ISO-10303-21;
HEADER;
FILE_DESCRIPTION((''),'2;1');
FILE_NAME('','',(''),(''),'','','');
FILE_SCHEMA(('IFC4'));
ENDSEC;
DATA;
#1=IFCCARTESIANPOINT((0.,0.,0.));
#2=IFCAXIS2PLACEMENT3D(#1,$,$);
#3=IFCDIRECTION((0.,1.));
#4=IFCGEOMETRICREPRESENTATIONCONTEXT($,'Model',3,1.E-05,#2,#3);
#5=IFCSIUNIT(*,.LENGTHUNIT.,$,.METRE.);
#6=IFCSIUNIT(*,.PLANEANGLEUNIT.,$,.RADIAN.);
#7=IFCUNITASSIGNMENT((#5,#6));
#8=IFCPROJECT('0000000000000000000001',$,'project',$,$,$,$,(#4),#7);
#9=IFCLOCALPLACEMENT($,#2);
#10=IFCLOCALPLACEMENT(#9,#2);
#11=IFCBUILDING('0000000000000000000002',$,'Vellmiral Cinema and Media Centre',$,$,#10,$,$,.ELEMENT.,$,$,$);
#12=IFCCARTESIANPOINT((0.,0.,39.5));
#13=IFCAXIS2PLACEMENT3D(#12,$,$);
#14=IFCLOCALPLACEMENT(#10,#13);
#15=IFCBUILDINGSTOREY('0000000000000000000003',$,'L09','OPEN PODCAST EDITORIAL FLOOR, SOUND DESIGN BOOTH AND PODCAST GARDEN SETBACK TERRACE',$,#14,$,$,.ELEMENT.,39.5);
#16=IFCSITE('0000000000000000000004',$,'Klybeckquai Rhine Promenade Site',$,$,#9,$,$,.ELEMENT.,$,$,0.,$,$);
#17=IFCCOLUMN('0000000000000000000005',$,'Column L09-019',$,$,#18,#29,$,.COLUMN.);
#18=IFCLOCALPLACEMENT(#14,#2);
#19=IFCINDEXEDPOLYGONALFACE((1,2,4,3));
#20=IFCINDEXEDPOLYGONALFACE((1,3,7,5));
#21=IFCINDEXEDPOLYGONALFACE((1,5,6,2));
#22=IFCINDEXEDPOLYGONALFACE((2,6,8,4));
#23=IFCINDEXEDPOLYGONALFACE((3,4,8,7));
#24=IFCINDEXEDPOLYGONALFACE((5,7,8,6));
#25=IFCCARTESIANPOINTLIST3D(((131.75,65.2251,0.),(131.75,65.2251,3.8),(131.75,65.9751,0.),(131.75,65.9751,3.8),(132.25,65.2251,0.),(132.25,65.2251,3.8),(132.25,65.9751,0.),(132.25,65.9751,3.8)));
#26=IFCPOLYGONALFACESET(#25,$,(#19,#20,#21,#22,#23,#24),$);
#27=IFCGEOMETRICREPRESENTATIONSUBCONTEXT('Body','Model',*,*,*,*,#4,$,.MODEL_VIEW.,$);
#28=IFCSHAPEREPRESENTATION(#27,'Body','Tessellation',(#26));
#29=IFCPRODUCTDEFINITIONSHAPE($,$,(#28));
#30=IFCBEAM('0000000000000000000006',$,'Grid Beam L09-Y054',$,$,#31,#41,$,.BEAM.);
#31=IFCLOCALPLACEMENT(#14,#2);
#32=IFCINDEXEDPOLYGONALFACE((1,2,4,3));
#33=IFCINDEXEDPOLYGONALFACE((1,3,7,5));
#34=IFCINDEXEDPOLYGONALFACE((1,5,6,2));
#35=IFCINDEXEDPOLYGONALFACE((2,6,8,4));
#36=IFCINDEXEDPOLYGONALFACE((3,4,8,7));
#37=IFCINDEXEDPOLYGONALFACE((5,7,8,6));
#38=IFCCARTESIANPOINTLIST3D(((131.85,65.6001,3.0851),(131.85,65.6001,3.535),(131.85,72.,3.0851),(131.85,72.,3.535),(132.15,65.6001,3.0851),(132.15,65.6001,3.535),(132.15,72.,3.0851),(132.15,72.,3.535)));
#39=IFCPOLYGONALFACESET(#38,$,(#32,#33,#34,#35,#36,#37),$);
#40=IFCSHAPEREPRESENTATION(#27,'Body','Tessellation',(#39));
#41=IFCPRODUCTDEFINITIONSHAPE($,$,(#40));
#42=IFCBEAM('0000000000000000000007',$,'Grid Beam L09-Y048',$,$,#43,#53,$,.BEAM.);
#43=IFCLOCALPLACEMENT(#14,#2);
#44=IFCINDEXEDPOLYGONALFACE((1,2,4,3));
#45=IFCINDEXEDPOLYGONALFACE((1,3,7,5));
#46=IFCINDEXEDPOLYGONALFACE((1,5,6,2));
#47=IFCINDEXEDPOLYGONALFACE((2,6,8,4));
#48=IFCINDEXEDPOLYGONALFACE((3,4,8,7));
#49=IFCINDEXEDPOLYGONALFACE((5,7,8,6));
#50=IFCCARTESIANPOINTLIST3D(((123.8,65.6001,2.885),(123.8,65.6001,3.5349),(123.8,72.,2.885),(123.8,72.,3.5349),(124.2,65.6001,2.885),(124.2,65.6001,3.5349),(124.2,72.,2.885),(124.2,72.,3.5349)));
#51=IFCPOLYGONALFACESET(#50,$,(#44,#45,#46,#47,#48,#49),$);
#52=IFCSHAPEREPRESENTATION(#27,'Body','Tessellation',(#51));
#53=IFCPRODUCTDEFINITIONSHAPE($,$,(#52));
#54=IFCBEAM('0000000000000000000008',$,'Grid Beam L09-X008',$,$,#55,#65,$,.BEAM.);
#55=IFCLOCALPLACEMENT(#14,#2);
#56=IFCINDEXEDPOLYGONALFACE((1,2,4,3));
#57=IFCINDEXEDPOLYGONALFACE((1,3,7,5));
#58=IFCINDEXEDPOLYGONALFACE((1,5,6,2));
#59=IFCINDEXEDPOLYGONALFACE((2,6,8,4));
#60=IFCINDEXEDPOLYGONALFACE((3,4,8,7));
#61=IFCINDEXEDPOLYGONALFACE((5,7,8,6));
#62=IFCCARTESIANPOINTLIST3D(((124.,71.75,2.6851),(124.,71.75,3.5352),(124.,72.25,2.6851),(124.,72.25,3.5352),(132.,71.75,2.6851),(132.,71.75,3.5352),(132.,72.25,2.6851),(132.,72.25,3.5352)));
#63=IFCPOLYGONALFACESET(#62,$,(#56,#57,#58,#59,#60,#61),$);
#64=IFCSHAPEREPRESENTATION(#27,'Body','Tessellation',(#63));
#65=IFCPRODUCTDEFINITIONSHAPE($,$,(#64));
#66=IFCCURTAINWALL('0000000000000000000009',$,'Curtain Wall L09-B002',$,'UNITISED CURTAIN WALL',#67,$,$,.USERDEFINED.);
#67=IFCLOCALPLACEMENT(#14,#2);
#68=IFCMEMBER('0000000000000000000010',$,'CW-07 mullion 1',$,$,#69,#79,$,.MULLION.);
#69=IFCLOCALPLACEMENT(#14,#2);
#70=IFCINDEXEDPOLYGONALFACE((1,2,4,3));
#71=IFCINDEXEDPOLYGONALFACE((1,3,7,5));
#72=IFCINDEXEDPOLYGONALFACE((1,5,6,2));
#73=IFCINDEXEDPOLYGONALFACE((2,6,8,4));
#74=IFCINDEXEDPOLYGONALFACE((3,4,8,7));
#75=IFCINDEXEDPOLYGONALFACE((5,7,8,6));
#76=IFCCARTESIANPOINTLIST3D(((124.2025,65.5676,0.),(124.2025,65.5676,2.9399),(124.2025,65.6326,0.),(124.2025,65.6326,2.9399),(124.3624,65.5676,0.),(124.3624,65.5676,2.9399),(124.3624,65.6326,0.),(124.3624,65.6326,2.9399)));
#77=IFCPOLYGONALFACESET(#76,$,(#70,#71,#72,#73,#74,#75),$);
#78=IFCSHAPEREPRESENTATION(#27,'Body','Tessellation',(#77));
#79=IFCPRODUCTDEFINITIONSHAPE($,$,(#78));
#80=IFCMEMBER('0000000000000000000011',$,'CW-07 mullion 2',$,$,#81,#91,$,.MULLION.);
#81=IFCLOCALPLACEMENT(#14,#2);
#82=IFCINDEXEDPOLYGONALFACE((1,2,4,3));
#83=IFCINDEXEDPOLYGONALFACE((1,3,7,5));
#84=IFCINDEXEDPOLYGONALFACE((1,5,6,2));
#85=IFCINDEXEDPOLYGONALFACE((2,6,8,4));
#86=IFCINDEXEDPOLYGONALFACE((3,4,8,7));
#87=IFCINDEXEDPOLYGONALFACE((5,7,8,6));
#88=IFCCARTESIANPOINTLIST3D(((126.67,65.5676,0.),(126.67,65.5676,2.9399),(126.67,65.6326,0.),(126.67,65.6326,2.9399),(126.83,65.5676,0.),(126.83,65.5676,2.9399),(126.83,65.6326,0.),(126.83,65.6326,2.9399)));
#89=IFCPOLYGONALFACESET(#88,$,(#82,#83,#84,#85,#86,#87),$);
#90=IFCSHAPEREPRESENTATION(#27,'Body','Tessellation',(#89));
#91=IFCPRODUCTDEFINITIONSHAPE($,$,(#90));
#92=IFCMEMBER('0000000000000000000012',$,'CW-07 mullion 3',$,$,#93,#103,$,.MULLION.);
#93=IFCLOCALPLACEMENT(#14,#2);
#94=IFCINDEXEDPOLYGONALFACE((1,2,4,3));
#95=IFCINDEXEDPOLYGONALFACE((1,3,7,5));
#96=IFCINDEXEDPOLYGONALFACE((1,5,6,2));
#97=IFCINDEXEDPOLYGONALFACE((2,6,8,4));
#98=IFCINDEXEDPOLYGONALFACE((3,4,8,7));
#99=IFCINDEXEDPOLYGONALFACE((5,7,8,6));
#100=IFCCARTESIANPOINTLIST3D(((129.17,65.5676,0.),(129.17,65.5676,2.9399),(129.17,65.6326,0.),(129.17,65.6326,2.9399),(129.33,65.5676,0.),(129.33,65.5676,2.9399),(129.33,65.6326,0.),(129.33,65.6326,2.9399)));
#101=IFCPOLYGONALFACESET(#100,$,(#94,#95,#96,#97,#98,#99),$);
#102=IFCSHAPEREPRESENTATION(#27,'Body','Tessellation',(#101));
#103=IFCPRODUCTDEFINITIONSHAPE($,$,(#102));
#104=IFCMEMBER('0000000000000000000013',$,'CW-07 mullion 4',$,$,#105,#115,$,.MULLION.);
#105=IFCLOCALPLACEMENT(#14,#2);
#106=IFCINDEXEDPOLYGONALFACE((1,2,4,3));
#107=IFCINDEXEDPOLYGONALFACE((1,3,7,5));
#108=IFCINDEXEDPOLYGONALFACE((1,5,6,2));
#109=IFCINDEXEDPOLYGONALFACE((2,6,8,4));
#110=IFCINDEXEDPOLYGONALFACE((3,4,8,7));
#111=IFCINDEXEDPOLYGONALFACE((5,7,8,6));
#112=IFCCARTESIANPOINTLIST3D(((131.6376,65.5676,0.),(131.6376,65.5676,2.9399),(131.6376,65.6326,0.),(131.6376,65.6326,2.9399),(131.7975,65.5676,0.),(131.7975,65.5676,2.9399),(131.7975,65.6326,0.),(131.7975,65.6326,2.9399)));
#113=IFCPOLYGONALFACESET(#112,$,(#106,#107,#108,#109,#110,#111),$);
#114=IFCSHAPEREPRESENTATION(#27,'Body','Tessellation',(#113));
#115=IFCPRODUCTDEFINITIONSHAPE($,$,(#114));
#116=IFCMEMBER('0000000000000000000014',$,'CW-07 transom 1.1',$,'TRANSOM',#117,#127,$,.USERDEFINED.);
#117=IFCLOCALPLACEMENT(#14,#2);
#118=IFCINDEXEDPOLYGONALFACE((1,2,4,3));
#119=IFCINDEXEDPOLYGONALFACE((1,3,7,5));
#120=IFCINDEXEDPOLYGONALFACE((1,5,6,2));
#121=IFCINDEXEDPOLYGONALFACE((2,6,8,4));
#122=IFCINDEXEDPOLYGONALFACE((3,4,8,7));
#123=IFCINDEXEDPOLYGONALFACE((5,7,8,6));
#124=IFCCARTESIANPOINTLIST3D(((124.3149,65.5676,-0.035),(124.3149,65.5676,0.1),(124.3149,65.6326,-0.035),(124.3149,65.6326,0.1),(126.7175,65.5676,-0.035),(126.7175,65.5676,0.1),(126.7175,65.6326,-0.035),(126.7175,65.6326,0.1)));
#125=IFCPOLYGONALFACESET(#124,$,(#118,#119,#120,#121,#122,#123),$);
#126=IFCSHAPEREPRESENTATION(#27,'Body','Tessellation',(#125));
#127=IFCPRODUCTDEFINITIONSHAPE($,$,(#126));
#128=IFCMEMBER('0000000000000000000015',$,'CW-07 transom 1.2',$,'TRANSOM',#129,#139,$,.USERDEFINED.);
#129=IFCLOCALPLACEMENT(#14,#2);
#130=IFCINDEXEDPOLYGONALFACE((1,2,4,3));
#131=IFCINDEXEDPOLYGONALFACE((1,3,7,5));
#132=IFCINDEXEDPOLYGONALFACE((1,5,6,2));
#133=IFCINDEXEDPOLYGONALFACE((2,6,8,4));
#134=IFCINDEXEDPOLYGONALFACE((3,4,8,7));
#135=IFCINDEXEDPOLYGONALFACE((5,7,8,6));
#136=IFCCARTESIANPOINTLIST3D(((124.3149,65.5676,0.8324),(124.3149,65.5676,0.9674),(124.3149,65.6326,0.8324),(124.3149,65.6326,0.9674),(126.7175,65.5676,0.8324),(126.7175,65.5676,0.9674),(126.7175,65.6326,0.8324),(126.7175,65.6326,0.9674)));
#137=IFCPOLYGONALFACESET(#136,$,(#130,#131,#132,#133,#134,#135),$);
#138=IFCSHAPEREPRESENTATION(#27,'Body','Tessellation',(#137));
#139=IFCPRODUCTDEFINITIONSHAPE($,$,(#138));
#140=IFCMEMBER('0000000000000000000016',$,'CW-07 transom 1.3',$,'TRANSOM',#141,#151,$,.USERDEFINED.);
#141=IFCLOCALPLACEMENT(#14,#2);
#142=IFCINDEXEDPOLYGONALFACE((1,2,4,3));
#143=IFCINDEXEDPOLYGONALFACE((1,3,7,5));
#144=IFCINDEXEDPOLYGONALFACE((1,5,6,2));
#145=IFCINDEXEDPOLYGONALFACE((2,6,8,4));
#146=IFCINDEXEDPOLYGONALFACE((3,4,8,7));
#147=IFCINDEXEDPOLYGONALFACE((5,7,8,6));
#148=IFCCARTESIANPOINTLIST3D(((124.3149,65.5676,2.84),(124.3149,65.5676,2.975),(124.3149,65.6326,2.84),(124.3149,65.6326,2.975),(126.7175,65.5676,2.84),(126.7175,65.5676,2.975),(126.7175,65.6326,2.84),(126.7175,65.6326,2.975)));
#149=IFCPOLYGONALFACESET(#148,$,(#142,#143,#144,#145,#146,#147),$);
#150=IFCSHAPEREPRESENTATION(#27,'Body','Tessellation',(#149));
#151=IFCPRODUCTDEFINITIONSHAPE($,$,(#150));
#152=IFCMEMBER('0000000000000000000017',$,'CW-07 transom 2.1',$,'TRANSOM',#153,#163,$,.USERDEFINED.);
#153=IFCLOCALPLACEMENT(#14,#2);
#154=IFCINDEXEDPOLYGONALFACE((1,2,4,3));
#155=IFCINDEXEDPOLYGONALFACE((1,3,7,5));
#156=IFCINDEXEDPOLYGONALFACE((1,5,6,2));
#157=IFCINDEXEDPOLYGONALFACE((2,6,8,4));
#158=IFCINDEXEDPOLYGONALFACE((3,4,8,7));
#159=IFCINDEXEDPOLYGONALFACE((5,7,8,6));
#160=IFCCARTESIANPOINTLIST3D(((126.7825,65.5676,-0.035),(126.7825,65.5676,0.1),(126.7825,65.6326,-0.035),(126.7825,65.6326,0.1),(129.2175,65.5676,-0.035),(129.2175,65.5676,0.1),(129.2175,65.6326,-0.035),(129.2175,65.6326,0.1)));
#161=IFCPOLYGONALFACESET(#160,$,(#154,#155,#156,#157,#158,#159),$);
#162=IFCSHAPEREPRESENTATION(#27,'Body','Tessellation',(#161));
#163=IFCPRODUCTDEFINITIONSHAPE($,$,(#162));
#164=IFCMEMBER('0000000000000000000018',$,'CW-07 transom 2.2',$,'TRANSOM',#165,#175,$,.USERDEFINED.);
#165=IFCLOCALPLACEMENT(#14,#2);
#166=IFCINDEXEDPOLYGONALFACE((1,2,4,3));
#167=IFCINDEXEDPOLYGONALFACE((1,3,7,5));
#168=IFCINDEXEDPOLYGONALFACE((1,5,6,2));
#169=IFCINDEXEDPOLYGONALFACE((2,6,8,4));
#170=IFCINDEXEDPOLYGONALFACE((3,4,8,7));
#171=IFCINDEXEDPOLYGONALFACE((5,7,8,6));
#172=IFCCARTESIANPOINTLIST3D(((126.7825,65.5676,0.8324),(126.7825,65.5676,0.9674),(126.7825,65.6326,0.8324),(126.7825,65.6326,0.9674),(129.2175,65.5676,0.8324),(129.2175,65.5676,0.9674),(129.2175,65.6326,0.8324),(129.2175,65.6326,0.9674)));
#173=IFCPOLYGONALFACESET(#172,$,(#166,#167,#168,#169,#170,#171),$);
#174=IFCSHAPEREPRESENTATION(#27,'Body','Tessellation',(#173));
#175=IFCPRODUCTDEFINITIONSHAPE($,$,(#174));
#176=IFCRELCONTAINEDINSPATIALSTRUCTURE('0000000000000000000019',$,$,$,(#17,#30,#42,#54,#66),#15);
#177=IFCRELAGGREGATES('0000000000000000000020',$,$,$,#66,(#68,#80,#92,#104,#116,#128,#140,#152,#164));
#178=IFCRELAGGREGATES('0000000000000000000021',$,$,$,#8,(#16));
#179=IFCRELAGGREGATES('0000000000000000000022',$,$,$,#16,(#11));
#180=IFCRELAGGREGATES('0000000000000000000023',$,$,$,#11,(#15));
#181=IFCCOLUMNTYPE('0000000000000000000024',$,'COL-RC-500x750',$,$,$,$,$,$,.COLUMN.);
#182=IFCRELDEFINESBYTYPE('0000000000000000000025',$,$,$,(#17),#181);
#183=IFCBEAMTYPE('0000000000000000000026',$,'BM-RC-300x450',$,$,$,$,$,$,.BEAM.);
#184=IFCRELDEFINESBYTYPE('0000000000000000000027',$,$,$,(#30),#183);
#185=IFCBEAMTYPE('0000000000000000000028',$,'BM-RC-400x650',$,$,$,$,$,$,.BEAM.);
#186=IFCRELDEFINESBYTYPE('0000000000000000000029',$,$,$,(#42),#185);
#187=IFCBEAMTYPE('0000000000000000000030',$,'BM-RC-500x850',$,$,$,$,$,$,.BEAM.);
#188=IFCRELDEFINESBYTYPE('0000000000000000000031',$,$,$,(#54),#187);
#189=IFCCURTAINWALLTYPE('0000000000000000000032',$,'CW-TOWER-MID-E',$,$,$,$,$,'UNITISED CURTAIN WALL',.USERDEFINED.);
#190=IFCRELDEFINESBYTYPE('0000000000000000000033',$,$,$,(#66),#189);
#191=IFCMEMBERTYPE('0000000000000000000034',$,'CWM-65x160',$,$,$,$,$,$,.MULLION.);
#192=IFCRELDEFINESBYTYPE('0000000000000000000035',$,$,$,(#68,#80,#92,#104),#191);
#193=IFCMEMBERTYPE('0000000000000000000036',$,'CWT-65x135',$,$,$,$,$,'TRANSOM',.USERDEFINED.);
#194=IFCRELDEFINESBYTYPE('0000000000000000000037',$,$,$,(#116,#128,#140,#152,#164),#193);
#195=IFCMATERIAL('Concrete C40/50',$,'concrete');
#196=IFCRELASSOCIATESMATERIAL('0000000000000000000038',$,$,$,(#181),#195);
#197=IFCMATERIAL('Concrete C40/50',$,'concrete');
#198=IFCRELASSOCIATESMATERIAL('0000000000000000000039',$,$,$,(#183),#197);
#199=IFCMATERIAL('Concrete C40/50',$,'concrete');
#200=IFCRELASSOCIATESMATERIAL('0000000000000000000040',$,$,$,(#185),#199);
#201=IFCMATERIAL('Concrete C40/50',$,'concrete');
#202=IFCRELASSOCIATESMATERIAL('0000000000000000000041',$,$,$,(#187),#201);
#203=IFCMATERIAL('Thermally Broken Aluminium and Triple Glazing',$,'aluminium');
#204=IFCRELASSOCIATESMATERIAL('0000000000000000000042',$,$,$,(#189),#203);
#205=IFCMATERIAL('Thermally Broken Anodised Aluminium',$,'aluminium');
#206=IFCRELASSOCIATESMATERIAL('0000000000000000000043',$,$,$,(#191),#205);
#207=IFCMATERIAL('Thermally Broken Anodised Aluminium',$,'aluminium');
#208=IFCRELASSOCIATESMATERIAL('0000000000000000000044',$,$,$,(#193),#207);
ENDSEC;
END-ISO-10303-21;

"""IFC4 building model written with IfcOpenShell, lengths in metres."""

from ifc_helpers import new_model, si_unit, direction, frame, origin, origin_2d, place, context, subcontext, project, spatial, rectangle, extrude, material, material_profile, profile_set, type_object, element, aggregate, save


model = new_model("IFC4")

# Units and contexts
model_context = context("Model", 3, precision=1e-05, world=origin(), true_north=direction((0.0, 1.0)))
body_context = subcontext(model_context, "Body", "Model", "MODEL_VIEW")
ifc_project = project(units=[si_unit("LENGTHUNIT", "METRE"), si_unit("PLANEANGLEUNIT", "RADIAN")], contexts=[model_context])

# Site, building, storey
site_placement = place(None, origin())
site = spatial("IfcSite", under=ifc_project, at=site_placement, Name="Klybeckquai Rhine Promenade Site", CompositionType="ELEMENT", RefElevation=0.0)
building_placement = place(site_placement, origin())
building = spatial("IfcBuilding", under=site, at=building_placement, Name="Vellmiral Cinema and Media Centre", CompositionType="ELEMENT")
storey_placement = place(building_placement, frame((0.0, 0.0, 39.5)))
storey = spatial("IfcBuildingStorey", under=building, at=storey_placement, Name="L09", Description="OPEN PODCAST EDITORIAL FLOOR, SOUND DESIGN BOOTH AND PODCAST GARDEN SETBACK TERRACE", CompositionType="ELEMENT", Elevation=39.5)

# Column
ifc_material_1 = material(Name="Concrete C40/50", Category="concrete")
ifc_material_profile_1 = material_profile(ifc_material_1, rectangle(XDim=0.5, YDim=0.75, at=origin_2d()), Name="RC 500x750")
ifc_profile_set_1 = profile_set([ifc_material_profile_1], Name="Concrete C40/50")
column_type = type_object("IfcColumnType", Name="COL-RC-500x750", PredefinedType="COLUMN", material=ifc_profile_set_1)
column_placement = place(storey_placement, frame((132.0, 65.6001, 0.0), z_axis=(0.0, 0.0, 1.0), x_axis=(1.0, 0.0, 0.0)))
element("IfcColumn", 1, at=column_placement, inside=storey, type_object=column_type, Name="Column L09-019", PredefinedType="COLUMN", context=body_context, shape_type="SweptSolid", body=[
    extrude(rectangle(XDim=0.5, YDim=0.75, at=origin_2d()), origin(), (0.0, 0.0, 1.0), 3.8),
])

# Beams
ifc_material_2 = material(Name="Concrete C40/50", Category="concrete")
ifc_material_profile_2 = material_profile(ifc_material_2, rectangle(XDim=0.3, YDim=0.45, at=origin_2d()), Name="RC 300x450")
ifc_profile_set_2 = profile_set([ifc_material_profile_2], Name="Concrete C40/50")
beam_type_1 = type_object("IfcBeamType", Name="BM-RC-300x450", PredefinedType="BEAM", material=ifc_profile_set_2)
beam_1_placement = place(storey_placement, frame((132.0, 65.6001, 3.3101), z_axis=(0.0, 1.0, 0.0), x_axis=(-1.0, 0.0, 0.0)))
element("IfcBeam", 2, at=beam_1_placement, inside=storey, type_object=beam_type_1, Name="Grid Beam L09-Y054", PredefinedType="BEAM", context=body_context, shape_type="SweptSolid", body=[
    extrude(rectangle(XDim=0.3, YDim=0.45, at=origin_2d()), origin(), (0.0, 0.0, 1.0), 6.3999),
])
ifc_material_3 = material(Name="Concrete C40/50", Category="concrete")
ifc_material_profile_3 = material_profile(ifc_material_3, rectangle(XDim=0.3999, YDim=0.6499, at=origin_2d()), Name="RC 400x650")
ifc_profile_set_3 = profile_set([ifc_material_profile_3], Name="Concrete C40/50")
beam_type_2 = type_object("IfcBeamType", Name="BM-RC-400x650", PredefinedType="BEAM", material=ifc_profile_set_3)
beam_2_placement = place(storey_placement, frame((124.0, 65.6001, 3.21), z_axis=(0.0, 1.0, 0.0), x_axis=(-1.0, 0.0, 0.0)))
element("IfcBeam", 3, at=beam_2_placement, inside=storey, type_object=beam_type_2, Name="Grid Beam L09-Y048", PredefinedType="BEAM", context=body_context, shape_type="SweptSolid", body=[
    extrude(rectangle(XDim=0.3999, YDim=0.6499, at=origin_2d()), origin(), (0.0, 0.0, 1.0), 6.3999),
])
ifc_material_4 = material(Name="Concrete C40/50", Category="concrete")
ifc_material_profile_4 = material_profile(ifc_material_4, rectangle(XDim=0.5, YDim=0.8501, at=origin_2d()), Name="RC 500x850")
ifc_profile_set_4 = profile_set([ifc_material_profile_4], Name="Concrete C40/50")
beam_type_3 = type_object("IfcBeamType", Name="BM-RC-500x850", PredefinedType="BEAM", material=ifc_profile_set_4)
beam_3_placement = place(storey_placement, frame((124.0, 72.0, 3.1101), z_axis=(1.0, 0.0, 0.0), x_axis=(0.0, 1.0, 0.0)))
element("IfcBeam", 4, at=beam_3_placement, inside=storey, type_object=beam_type_3, Name="Grid Beam L09-X008", PredefinedType="BEAM", context=body_context, shape_type="SweptSolid", body=[
    extrude(rectangle(XDim=0.5, YDim=0.8501, at=origin_2d()), origin(), (0.0, 0.0, 1.0), 8.0),
])

# Curtain wall, members
ifc_material_5 = material(Name="Thermally Broken Aluminium and Triple Glazing", Category="aluminium")
curtain_wall_type = type_object("IfcCurtainWallType", Name="CW-TOWER-MID-E", ElementType="UNITISED CURTAIN WALL", PredefinedType="USERDEFINED", material=ifc_material_5)
curtain_wall_placement = place(storey_placement, origin())
curtain_wall = element("IfcCurtainWall", 5, at=curtain_wall_placement, inside=storey, type_object=curtain_wall_type, Name="Curtain Wall L09-B002", ObjectType="UNITISED CURTAIN WALL", PredefinedType="USERDEFINED")
ifc_material_6 = material(Name="Thermally Broken Anodised Aluminium", Category="aluminium")
ifc_material_profile_5 = material_profile(ifc_material_6, rectangle(XDim=0.0649, YDim=0.1599, at=origin_2d()), Name="MULL 65x160")
ifc_profile_set_5 = profile_set([ifc_material_profile_5], Name="Thermally Broken Anodised Aluminium")
member_type_1 = type_object("IfcMemberType", Name="CWM-65x160", PredefinedType="MULLION", material=ifc_profile_set_5)
member_1_placement = place(storey_placement, frame((124.2825, 65.6001, 0.0), z_axis=(0.0, 0.0, 1.0), x_axis=(0.0, 1.0, 0.0)))
member_1 = element("IfcMember", 6, at=member_1_placement, type_object=member_type_1, Name="CW-07 mullion 1", PredefinedType="MULLION", context=body_context, shape_type="SweptSolid", body=[
    extrude(rectangle(XDim=0.0649, YDim=0.1599, at=origin_2d()), origin(), (0.0, 0.0, 1.0), 2.9399),
])
member_2_placement = place(storey_placement, frame((126.75, 65.6001, 0.0), z_axis=(0.0, 0.0, 1.0), x_axis=(0.0, 1.0, 0.0)))
member_2 = element("IfcMember", 7, at=member_2_placement, type_object=member_type_1, Name="CW-07 mullion 2", PredefinedType="MULLION", context=body_context, shape_type="SweptSolid", body=[
    extrude(rectangle(XDim=0.0649, YDim=0.1599, at=origin_2d()), origin(), (0.0, 0.0, 1.0), 2.9399),
])
member_3_placement = place(storey_placement, frame((129.25, 65.6001, 0.0), z_axis=(0.0, 0.0, 1.0), x_axis=(0.0, 1.0, 0.0)))
member_3 = element("IfcMember", 8, at=member_3_placement, type_object=member_type_1, Name="CW-07 mullion 3", PredefinedType="MULLION", context=body_context, shape_type="SweptSolid", body=[
    extrude(rectangle(XDim=0.0649, YDim=0.1599, at=origin_2d()), origin(), (0.0, 0.0, 1.0), 2.9399),
])
member_4_placement = place(storey_placement, frame((131.7175, 65.6001, 0.0), z_axis=(0.0, 0.0, 1.0), x_axis=(0.0, 1.0, 0.0)))
member_4 = element("IfcMember", 9, at=member_4_placement, type_object=member_type_1, Name="CW-07 mullion 4", PredefinedType="MULLION", context=body_context, shape_type="SweptSolid", body=[
    extrude(rectangle(XDim=0.0649, YDim=0.1599, at=origin_2d()), origin(), (0.0, 0.0, 1.0), 2.9399),
])
ifc_material_7 = material(Name="Thermally Broken Anodised Aluminium", Category="aluminium")
ifc_material_profile_6 = material_profile(ifc_material_7, rectangle(XDim=0.0649, YDim=0.135, at=origin_2d()), Name="MULL 65x135")
ifc_profile_set_6 = profile_set([ifc_material_profile_6], Name="Thermally Broken Anodised Aluminium")
member_type_2 = type_object("IfcMemberType", Name="CWT-65x135", ElementType="TRANSOM", PredefinedType="USERDEFINED", material=ifc_profile_set_6)
member_5_placement = place(storey_placement, frame((124.3149, 65.6001, 0.0325), z_axis=(1.0, 0.0, 0.0), x_axis=(0.0, 1.0, 0.0)))
member_5 = element("IfcMember", 10, at=member_5_placement, type_object=member_type_2, Name="CW-07 transom 1.1", ObjectType="TRANSOM", PredefinedType="USERDEFINED", context=body_context, shape_type="SweptSolid", body=[
    extrude(rectangle(XDim=0.0649, YDim=0.135, at=origin_2d()), origin(), (0.0, 0.0, 1.0), 2.4026),
])
member_6_placement = place(storey_placement, frame((124.3149, 65.6001, 0.8999), z_axis=(1.0, 0.0, 0.0), x_axis=(0.0, 1.0, 0.0)))
member_6 = element("IfcMember", 11, at=member_6_placement, type_object=member_type_2, Name="CW-07 transom 1.2", ObjectType="TRANSOM", PredefinedType="USERDEFINED", context=body_context, shape_type="SweptSolid", body=[
    extrude(rectangle(XDim=0.0649, YDim=0.135, at=origin_2d()), origin(), (0.0, 0.0, 1.0), 2.4026),
])
member_7_placement = place(storey_placement, frame((124.3149, 65.6001, 2.9075), z_axis=(1.0, 0.0, 0.0), x_axis=(0.0, 1.0, 0.0)))
member_7 = element("IfcMember", 12, at=member_7_placement, type_object=member_type_2, Name="CW-07 transom 1.3", ObjectType="TRANSOM", PredefinedType="USERDEFINED", context=body_context, shape_type="SweptSolid", body=[
    extrude(rectangle(XDim=0.0649, YDim=0.135, at=origin_2d()), origin(), (0.0, 0.0, 1.0), 2.4026),
])
member_8_placement = place(storey_placement, frame((126.7825, 65.6001, 0.0325), z_axis=(1.0, 0.0, 0.0), x_axis=(0.0, 1.0, 0.0)))
member_8 = element("IfcMember", 13, at=member_8_placement, type_object=member_type_2, Name="CW-07 transom 2.1", ObjectType="TRANSOM", PredefinedType="USERDEFINED", context=body_context, shape_type="SweptSolid", body=[
    extrude(rectangle(XDim=0.0649, YDim=0.135, at=origin_2d()), origin(), (0.0, 0.0, 1.0), 2.4351),
])
member_9_placement = place(storey_placement, frame((126.7825, 65.6001, 0.8999), z_axis=(1.0, 0.0, 0.0), x_axis=(0.0, 1.0, 0.0)))
member_9 = element("IfcMember", 14, at=member_9_placement, type_object=member_type_2, Name="CW-07 transom 2.2", ObjectType="TRANSOM", PredefinedType="USERDEFINED", context=body_context, shape_type="SweptSolid", body=[
    extrude(rectangle(XDim=0.0649, YDim=0.135, at=origin_2d()), origin(), (0.0, 0.0, 1.0), 2.4351),
])

aggregate(curtain_wall, [member_1, member_2, member_3, member_4, member_5, member_6, member_7, member_8, member_9])

save(model, "model.ifc")
